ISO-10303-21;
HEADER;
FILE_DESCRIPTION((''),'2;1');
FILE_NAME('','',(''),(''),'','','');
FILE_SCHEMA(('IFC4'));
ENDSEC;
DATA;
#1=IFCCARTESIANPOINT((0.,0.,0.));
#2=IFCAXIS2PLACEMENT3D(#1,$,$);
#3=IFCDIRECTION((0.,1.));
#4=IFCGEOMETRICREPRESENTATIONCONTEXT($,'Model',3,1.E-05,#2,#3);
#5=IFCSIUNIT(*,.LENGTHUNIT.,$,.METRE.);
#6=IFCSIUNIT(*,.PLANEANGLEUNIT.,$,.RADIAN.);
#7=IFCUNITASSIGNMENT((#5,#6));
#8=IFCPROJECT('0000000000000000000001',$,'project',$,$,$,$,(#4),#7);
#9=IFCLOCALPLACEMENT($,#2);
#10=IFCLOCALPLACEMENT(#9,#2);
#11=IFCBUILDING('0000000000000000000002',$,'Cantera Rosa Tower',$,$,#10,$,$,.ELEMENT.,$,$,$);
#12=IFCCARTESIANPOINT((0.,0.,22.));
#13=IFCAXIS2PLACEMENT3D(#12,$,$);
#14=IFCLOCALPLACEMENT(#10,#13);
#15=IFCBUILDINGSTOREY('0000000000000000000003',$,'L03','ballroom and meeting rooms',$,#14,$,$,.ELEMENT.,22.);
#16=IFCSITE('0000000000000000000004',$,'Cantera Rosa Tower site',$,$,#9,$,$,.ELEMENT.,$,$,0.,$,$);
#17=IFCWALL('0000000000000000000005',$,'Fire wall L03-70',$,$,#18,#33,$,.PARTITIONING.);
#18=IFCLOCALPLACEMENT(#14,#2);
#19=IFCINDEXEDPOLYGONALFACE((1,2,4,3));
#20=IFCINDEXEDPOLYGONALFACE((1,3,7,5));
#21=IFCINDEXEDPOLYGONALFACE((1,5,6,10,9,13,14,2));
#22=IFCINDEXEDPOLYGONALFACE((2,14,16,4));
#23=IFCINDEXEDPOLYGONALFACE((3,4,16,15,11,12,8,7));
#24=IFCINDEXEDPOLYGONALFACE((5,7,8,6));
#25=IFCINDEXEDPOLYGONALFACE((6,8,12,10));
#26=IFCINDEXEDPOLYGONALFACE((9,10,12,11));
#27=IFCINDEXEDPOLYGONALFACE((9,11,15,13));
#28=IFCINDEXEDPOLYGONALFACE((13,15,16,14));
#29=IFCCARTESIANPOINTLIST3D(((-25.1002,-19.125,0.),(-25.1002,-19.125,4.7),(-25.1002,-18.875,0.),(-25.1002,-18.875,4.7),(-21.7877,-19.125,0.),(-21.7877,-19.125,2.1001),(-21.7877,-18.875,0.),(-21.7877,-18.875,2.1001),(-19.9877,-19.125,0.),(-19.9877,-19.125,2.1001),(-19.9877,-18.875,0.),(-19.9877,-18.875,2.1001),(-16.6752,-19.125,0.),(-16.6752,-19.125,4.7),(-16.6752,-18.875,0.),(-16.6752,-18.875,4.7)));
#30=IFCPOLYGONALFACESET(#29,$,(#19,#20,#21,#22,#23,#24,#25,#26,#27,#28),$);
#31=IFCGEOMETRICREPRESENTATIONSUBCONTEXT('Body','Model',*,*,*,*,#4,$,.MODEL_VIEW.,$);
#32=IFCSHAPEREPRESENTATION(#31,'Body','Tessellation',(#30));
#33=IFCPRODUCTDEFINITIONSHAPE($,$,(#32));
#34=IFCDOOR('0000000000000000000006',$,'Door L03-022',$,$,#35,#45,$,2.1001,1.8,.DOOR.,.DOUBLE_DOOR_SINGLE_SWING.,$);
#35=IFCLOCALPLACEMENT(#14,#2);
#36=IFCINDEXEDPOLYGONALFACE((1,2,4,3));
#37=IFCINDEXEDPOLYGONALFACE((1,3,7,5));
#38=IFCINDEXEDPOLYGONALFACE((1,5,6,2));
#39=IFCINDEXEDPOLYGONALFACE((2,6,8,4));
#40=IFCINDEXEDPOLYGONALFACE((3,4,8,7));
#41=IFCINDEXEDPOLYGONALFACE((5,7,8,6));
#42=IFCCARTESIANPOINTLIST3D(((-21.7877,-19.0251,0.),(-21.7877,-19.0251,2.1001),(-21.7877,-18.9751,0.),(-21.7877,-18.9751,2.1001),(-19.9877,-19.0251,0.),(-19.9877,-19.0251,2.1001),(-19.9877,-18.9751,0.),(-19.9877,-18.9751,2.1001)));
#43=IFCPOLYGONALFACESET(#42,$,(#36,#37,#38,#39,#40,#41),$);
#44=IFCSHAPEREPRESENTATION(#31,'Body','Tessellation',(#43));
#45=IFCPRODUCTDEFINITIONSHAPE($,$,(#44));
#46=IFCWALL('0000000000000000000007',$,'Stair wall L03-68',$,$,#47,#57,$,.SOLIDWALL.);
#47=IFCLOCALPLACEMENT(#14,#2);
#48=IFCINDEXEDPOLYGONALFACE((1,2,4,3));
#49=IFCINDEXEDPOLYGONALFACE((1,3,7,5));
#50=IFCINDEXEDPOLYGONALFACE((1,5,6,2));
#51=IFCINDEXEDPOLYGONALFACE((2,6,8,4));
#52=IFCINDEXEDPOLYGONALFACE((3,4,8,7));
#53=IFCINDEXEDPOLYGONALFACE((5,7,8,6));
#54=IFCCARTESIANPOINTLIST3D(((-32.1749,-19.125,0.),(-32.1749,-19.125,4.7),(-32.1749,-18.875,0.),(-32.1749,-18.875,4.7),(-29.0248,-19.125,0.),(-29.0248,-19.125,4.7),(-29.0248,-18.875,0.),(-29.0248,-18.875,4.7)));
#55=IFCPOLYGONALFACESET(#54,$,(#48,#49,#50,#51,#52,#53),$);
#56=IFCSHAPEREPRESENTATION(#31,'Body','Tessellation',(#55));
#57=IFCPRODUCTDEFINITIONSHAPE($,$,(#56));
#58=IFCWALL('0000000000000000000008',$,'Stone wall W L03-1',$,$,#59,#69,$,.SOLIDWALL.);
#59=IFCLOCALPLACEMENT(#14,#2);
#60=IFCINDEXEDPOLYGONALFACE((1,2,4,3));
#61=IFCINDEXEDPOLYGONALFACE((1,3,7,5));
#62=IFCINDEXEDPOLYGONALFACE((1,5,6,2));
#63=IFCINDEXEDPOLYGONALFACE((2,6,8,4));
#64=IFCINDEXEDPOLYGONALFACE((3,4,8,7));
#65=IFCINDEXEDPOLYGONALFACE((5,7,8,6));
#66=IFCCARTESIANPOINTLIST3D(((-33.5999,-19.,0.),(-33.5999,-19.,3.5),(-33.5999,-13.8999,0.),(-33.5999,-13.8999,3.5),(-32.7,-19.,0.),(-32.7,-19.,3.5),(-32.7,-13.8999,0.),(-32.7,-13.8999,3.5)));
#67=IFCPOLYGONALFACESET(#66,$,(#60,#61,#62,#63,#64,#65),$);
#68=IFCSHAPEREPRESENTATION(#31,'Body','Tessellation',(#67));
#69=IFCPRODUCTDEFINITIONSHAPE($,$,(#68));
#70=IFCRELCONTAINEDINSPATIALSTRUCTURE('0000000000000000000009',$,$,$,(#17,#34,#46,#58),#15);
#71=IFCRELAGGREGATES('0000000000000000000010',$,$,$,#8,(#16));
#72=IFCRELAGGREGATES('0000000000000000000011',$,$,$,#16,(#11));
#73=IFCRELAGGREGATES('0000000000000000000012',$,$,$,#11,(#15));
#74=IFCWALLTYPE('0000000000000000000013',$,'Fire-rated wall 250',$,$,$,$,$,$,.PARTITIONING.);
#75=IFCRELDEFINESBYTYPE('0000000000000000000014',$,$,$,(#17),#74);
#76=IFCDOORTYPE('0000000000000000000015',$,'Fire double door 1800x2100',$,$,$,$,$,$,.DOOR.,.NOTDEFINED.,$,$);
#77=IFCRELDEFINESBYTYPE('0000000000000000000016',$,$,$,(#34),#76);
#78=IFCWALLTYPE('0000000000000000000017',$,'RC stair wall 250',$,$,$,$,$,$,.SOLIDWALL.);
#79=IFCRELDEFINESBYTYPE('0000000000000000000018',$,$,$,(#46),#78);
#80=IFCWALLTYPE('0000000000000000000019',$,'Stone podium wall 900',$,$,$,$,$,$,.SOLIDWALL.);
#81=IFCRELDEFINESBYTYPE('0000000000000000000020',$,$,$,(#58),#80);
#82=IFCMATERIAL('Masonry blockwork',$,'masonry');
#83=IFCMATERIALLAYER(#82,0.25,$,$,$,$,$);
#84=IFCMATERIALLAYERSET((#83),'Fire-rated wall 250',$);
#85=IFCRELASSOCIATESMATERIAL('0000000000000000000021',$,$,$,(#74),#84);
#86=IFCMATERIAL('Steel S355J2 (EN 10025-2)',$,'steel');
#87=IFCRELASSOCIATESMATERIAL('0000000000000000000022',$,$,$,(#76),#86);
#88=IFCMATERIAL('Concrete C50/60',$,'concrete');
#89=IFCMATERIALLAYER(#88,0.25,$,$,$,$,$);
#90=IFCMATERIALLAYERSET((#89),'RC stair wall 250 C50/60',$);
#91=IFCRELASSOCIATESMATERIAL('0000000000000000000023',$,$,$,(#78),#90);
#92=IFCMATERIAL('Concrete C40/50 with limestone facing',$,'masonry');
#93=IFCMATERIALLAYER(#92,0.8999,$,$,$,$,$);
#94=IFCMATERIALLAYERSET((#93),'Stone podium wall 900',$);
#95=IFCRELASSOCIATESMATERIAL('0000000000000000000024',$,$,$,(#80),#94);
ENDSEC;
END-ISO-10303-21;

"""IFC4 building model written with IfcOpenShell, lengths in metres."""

from ifc_helpers import new_model, si_unit, direction, frame, frame_2d, origin, place, context, subcontext, project, spatial, rectangle, extrude, material, layer, layer_set, type_object, element, fill, save


model = new_model("IFC4")

# Units and contexts
model_context = context("Model", 3, precision=1e-05, world=origin(), true_north=direction((0.0, 1.0)))
body_context = subcontext(model_context, "Body", "Model", "MODEL_VIEW")
ifc_project = project(units=[si_unit("LENGTHUNIT", "METRE"), si_unit("PLANEANGLEUNIT", "RADIAN")], contexts=[model_context])

# Site, building, storey
site_placement = place(None, origin())
site = spatial("IfcSite", under=ifc_project, at=site_placement, Name="Cantera Rosa Tower site", CompositionType="ELEMENT", RefElevation=0.0)
building_placement = place(site_placement, origin())
building = spatial("IfcBuilding", under=site, at=building_placement, Name="Cantera Rosa Tower", CompositionType="ELEMENT")
storey_placement = place(building_placement, frame((0.0, 0.0, 22.0)))
storey = spatial("IfcBuildingStorey", under=building, at=storey_placement, Name="L03", Description="ballroom and meeting rooms", CompositionType="ELEMENT", Elevation=22.0)

# Shared definitions
ifc_material_1 = material(Name="Masonry blockwork", Category="masonry")
ifc_layer_1 = layer(ifc_material_1, 0.25)
ifc_layer_set_1 = layer_set([ifc_layer_1], Name="Fire-rated wall 250")
wall_type_1 = type_object("IfcWallType", Name="Fire-rated wall 250", PredefinedType="PARTITIONING", material=ifc_layer_set_1)

# Wall, opening, door
wall_1_placement = place(storey_placement, frame((-25.1001, -19.0, 0.0), z_axis=(0.0, 0.0, 1.0), x_axis=(1.0, 0.0, 0.0)))
wall_1 = element("IfcWall", 1, at=wall_1_placement, inside=storey, type_object=wall_type_1, Name="Fire wall L03-70", PredefinedType="PARTITIONING", context=body_context, shape_type="SweptSolid", body=[
    extrude(rectangle(XDim=8.425, YDim=0.25, at=frame_2d((4.2124, 0.0))), origin(), (0.0, 0.0, 1.0), 4.7),
])
opening_1_placement = place(wall_1_placement, frame((3.3125, 0.0, 0.0)))
opening_1 = element("IfcOpeningElement", 2, at=opening_1_placement, cuts=wall_1, PredefinedType="OPENING", context=body_context, shape_type="SweptSolid", body=[
    extrude(rectangle(XDim=1.8, YDim=2.1001, at=frame_2d((0.8999, 1.05))), frame((0.0, 0.135, 0.0), z_axis=(0.0, -1.0, 0.0), x_axis=(1.0, 0.0, 0.0)), (0.0, 0.0, 1.0), 0.27),
])
ifc_material_2 = material(Name="Steel S355J2 (EN 10025-2)", Category="steel")
door_type_1 = type_object("IfcDoorType", Name="Fire double door 1800x2100", OperationType="NOTDEFINED", PredefinedType="DOOR", material=ifc_material_2)
door_1_placement = place(opening_1_placement, origin())
door_1 = element("IfcDoor", 3, at=door_1_placement, inside=storey, type_object=door_type_1, Name="Door L03-022", OperationType="DOUBLE_DOOR_SINGLE_SWING", OverallHeight=2.1001, OverallWidth=1.8, PredefinedType="DOOR", context=body_context, shape_type="SweptSolid", body=[
    extrude(rectangle(XDim=1.8, YDim=2.1001, at=frame_2d((0.8999, 1.05))), frame((0.0, 0.0249, 0.0), z_axis=(0.0, -1.0, 0.0), x_axis=(1.0, 0.0, 0.0)), (0.0, 0.0, 1.0), 0.05),
])
fill(opening_1, door_1)

# Walls
ifc_material_3 = material(Name="Concrete C50/60", Category="concrete")
ifc_layer_2 = layer(ifc_material_3, 0.25)
ifc_layer_set_2 = layer_set([ifc_layer_2], Name="RC stair wall 250 C50/60")
wall_type_2 = type_object("IfcWallType", Name="RC stair wall 250", PredefinedType="SOLIDWALL", material=ifc_layer_set_2)
wall_2_placement = place(storey_placement, frame((-32.175, -19.0, 0.0), z_axis=(0.0, 0.0, 1.0), x_axis=(1.0, 0.0, 0.0)))
element("IfcWall", 4, at=wall_2_placement, inside=storey, type_object=wall_type_2, Name="Stair wall L03-68", PredefinedType="SOLIDWALL", context=body_context, shape_type="SweptSolid", body=[
    extrude(rectangle(XDim=3.1501, YDim=0.25, at=frame_2d((1.5752, 0.0))), origin(), (0.0, 0.0, 1.0), 4.7),
])
ifc_material_4 = material(Name="Concrete C40/50 with limestone facing", Category="masonry")
ifc_layer_3 = layer(ifc_material_4, 0.8999)
ifc_layer_set_3 = layer_set([ifc_layer_3], Name="Stone podium wall 900")
wall_type_3 = type_object("IfcWallType", Name="Stone podium wall 900", PredefinedType="SOLIDWALL", material=ifc_layer_set_3)
wall_3_placement = place(storey_placement, frame((-33.1499, -13.8999, 0.0), z_axis=(0.0, 0.0, 1.0), x_axis=(0.0, -1.0, 0.0)))
element("IfcWall", 5, at=wall_3_placement, inside=storey, type_object=wall_type_3, Name="Stone wall W L03-1", PredefinedType="SOLIDWALL", context=body_context, shape_type="SweptSolid", body=[
    extrude(rectangle(XDim=5.1001, YDim=0.8999, at=frame_2d((2.55, 0.0))), origin(), (0.0, 0.0, 1.0), 3.5),
])

save(model, "model.ifc")
